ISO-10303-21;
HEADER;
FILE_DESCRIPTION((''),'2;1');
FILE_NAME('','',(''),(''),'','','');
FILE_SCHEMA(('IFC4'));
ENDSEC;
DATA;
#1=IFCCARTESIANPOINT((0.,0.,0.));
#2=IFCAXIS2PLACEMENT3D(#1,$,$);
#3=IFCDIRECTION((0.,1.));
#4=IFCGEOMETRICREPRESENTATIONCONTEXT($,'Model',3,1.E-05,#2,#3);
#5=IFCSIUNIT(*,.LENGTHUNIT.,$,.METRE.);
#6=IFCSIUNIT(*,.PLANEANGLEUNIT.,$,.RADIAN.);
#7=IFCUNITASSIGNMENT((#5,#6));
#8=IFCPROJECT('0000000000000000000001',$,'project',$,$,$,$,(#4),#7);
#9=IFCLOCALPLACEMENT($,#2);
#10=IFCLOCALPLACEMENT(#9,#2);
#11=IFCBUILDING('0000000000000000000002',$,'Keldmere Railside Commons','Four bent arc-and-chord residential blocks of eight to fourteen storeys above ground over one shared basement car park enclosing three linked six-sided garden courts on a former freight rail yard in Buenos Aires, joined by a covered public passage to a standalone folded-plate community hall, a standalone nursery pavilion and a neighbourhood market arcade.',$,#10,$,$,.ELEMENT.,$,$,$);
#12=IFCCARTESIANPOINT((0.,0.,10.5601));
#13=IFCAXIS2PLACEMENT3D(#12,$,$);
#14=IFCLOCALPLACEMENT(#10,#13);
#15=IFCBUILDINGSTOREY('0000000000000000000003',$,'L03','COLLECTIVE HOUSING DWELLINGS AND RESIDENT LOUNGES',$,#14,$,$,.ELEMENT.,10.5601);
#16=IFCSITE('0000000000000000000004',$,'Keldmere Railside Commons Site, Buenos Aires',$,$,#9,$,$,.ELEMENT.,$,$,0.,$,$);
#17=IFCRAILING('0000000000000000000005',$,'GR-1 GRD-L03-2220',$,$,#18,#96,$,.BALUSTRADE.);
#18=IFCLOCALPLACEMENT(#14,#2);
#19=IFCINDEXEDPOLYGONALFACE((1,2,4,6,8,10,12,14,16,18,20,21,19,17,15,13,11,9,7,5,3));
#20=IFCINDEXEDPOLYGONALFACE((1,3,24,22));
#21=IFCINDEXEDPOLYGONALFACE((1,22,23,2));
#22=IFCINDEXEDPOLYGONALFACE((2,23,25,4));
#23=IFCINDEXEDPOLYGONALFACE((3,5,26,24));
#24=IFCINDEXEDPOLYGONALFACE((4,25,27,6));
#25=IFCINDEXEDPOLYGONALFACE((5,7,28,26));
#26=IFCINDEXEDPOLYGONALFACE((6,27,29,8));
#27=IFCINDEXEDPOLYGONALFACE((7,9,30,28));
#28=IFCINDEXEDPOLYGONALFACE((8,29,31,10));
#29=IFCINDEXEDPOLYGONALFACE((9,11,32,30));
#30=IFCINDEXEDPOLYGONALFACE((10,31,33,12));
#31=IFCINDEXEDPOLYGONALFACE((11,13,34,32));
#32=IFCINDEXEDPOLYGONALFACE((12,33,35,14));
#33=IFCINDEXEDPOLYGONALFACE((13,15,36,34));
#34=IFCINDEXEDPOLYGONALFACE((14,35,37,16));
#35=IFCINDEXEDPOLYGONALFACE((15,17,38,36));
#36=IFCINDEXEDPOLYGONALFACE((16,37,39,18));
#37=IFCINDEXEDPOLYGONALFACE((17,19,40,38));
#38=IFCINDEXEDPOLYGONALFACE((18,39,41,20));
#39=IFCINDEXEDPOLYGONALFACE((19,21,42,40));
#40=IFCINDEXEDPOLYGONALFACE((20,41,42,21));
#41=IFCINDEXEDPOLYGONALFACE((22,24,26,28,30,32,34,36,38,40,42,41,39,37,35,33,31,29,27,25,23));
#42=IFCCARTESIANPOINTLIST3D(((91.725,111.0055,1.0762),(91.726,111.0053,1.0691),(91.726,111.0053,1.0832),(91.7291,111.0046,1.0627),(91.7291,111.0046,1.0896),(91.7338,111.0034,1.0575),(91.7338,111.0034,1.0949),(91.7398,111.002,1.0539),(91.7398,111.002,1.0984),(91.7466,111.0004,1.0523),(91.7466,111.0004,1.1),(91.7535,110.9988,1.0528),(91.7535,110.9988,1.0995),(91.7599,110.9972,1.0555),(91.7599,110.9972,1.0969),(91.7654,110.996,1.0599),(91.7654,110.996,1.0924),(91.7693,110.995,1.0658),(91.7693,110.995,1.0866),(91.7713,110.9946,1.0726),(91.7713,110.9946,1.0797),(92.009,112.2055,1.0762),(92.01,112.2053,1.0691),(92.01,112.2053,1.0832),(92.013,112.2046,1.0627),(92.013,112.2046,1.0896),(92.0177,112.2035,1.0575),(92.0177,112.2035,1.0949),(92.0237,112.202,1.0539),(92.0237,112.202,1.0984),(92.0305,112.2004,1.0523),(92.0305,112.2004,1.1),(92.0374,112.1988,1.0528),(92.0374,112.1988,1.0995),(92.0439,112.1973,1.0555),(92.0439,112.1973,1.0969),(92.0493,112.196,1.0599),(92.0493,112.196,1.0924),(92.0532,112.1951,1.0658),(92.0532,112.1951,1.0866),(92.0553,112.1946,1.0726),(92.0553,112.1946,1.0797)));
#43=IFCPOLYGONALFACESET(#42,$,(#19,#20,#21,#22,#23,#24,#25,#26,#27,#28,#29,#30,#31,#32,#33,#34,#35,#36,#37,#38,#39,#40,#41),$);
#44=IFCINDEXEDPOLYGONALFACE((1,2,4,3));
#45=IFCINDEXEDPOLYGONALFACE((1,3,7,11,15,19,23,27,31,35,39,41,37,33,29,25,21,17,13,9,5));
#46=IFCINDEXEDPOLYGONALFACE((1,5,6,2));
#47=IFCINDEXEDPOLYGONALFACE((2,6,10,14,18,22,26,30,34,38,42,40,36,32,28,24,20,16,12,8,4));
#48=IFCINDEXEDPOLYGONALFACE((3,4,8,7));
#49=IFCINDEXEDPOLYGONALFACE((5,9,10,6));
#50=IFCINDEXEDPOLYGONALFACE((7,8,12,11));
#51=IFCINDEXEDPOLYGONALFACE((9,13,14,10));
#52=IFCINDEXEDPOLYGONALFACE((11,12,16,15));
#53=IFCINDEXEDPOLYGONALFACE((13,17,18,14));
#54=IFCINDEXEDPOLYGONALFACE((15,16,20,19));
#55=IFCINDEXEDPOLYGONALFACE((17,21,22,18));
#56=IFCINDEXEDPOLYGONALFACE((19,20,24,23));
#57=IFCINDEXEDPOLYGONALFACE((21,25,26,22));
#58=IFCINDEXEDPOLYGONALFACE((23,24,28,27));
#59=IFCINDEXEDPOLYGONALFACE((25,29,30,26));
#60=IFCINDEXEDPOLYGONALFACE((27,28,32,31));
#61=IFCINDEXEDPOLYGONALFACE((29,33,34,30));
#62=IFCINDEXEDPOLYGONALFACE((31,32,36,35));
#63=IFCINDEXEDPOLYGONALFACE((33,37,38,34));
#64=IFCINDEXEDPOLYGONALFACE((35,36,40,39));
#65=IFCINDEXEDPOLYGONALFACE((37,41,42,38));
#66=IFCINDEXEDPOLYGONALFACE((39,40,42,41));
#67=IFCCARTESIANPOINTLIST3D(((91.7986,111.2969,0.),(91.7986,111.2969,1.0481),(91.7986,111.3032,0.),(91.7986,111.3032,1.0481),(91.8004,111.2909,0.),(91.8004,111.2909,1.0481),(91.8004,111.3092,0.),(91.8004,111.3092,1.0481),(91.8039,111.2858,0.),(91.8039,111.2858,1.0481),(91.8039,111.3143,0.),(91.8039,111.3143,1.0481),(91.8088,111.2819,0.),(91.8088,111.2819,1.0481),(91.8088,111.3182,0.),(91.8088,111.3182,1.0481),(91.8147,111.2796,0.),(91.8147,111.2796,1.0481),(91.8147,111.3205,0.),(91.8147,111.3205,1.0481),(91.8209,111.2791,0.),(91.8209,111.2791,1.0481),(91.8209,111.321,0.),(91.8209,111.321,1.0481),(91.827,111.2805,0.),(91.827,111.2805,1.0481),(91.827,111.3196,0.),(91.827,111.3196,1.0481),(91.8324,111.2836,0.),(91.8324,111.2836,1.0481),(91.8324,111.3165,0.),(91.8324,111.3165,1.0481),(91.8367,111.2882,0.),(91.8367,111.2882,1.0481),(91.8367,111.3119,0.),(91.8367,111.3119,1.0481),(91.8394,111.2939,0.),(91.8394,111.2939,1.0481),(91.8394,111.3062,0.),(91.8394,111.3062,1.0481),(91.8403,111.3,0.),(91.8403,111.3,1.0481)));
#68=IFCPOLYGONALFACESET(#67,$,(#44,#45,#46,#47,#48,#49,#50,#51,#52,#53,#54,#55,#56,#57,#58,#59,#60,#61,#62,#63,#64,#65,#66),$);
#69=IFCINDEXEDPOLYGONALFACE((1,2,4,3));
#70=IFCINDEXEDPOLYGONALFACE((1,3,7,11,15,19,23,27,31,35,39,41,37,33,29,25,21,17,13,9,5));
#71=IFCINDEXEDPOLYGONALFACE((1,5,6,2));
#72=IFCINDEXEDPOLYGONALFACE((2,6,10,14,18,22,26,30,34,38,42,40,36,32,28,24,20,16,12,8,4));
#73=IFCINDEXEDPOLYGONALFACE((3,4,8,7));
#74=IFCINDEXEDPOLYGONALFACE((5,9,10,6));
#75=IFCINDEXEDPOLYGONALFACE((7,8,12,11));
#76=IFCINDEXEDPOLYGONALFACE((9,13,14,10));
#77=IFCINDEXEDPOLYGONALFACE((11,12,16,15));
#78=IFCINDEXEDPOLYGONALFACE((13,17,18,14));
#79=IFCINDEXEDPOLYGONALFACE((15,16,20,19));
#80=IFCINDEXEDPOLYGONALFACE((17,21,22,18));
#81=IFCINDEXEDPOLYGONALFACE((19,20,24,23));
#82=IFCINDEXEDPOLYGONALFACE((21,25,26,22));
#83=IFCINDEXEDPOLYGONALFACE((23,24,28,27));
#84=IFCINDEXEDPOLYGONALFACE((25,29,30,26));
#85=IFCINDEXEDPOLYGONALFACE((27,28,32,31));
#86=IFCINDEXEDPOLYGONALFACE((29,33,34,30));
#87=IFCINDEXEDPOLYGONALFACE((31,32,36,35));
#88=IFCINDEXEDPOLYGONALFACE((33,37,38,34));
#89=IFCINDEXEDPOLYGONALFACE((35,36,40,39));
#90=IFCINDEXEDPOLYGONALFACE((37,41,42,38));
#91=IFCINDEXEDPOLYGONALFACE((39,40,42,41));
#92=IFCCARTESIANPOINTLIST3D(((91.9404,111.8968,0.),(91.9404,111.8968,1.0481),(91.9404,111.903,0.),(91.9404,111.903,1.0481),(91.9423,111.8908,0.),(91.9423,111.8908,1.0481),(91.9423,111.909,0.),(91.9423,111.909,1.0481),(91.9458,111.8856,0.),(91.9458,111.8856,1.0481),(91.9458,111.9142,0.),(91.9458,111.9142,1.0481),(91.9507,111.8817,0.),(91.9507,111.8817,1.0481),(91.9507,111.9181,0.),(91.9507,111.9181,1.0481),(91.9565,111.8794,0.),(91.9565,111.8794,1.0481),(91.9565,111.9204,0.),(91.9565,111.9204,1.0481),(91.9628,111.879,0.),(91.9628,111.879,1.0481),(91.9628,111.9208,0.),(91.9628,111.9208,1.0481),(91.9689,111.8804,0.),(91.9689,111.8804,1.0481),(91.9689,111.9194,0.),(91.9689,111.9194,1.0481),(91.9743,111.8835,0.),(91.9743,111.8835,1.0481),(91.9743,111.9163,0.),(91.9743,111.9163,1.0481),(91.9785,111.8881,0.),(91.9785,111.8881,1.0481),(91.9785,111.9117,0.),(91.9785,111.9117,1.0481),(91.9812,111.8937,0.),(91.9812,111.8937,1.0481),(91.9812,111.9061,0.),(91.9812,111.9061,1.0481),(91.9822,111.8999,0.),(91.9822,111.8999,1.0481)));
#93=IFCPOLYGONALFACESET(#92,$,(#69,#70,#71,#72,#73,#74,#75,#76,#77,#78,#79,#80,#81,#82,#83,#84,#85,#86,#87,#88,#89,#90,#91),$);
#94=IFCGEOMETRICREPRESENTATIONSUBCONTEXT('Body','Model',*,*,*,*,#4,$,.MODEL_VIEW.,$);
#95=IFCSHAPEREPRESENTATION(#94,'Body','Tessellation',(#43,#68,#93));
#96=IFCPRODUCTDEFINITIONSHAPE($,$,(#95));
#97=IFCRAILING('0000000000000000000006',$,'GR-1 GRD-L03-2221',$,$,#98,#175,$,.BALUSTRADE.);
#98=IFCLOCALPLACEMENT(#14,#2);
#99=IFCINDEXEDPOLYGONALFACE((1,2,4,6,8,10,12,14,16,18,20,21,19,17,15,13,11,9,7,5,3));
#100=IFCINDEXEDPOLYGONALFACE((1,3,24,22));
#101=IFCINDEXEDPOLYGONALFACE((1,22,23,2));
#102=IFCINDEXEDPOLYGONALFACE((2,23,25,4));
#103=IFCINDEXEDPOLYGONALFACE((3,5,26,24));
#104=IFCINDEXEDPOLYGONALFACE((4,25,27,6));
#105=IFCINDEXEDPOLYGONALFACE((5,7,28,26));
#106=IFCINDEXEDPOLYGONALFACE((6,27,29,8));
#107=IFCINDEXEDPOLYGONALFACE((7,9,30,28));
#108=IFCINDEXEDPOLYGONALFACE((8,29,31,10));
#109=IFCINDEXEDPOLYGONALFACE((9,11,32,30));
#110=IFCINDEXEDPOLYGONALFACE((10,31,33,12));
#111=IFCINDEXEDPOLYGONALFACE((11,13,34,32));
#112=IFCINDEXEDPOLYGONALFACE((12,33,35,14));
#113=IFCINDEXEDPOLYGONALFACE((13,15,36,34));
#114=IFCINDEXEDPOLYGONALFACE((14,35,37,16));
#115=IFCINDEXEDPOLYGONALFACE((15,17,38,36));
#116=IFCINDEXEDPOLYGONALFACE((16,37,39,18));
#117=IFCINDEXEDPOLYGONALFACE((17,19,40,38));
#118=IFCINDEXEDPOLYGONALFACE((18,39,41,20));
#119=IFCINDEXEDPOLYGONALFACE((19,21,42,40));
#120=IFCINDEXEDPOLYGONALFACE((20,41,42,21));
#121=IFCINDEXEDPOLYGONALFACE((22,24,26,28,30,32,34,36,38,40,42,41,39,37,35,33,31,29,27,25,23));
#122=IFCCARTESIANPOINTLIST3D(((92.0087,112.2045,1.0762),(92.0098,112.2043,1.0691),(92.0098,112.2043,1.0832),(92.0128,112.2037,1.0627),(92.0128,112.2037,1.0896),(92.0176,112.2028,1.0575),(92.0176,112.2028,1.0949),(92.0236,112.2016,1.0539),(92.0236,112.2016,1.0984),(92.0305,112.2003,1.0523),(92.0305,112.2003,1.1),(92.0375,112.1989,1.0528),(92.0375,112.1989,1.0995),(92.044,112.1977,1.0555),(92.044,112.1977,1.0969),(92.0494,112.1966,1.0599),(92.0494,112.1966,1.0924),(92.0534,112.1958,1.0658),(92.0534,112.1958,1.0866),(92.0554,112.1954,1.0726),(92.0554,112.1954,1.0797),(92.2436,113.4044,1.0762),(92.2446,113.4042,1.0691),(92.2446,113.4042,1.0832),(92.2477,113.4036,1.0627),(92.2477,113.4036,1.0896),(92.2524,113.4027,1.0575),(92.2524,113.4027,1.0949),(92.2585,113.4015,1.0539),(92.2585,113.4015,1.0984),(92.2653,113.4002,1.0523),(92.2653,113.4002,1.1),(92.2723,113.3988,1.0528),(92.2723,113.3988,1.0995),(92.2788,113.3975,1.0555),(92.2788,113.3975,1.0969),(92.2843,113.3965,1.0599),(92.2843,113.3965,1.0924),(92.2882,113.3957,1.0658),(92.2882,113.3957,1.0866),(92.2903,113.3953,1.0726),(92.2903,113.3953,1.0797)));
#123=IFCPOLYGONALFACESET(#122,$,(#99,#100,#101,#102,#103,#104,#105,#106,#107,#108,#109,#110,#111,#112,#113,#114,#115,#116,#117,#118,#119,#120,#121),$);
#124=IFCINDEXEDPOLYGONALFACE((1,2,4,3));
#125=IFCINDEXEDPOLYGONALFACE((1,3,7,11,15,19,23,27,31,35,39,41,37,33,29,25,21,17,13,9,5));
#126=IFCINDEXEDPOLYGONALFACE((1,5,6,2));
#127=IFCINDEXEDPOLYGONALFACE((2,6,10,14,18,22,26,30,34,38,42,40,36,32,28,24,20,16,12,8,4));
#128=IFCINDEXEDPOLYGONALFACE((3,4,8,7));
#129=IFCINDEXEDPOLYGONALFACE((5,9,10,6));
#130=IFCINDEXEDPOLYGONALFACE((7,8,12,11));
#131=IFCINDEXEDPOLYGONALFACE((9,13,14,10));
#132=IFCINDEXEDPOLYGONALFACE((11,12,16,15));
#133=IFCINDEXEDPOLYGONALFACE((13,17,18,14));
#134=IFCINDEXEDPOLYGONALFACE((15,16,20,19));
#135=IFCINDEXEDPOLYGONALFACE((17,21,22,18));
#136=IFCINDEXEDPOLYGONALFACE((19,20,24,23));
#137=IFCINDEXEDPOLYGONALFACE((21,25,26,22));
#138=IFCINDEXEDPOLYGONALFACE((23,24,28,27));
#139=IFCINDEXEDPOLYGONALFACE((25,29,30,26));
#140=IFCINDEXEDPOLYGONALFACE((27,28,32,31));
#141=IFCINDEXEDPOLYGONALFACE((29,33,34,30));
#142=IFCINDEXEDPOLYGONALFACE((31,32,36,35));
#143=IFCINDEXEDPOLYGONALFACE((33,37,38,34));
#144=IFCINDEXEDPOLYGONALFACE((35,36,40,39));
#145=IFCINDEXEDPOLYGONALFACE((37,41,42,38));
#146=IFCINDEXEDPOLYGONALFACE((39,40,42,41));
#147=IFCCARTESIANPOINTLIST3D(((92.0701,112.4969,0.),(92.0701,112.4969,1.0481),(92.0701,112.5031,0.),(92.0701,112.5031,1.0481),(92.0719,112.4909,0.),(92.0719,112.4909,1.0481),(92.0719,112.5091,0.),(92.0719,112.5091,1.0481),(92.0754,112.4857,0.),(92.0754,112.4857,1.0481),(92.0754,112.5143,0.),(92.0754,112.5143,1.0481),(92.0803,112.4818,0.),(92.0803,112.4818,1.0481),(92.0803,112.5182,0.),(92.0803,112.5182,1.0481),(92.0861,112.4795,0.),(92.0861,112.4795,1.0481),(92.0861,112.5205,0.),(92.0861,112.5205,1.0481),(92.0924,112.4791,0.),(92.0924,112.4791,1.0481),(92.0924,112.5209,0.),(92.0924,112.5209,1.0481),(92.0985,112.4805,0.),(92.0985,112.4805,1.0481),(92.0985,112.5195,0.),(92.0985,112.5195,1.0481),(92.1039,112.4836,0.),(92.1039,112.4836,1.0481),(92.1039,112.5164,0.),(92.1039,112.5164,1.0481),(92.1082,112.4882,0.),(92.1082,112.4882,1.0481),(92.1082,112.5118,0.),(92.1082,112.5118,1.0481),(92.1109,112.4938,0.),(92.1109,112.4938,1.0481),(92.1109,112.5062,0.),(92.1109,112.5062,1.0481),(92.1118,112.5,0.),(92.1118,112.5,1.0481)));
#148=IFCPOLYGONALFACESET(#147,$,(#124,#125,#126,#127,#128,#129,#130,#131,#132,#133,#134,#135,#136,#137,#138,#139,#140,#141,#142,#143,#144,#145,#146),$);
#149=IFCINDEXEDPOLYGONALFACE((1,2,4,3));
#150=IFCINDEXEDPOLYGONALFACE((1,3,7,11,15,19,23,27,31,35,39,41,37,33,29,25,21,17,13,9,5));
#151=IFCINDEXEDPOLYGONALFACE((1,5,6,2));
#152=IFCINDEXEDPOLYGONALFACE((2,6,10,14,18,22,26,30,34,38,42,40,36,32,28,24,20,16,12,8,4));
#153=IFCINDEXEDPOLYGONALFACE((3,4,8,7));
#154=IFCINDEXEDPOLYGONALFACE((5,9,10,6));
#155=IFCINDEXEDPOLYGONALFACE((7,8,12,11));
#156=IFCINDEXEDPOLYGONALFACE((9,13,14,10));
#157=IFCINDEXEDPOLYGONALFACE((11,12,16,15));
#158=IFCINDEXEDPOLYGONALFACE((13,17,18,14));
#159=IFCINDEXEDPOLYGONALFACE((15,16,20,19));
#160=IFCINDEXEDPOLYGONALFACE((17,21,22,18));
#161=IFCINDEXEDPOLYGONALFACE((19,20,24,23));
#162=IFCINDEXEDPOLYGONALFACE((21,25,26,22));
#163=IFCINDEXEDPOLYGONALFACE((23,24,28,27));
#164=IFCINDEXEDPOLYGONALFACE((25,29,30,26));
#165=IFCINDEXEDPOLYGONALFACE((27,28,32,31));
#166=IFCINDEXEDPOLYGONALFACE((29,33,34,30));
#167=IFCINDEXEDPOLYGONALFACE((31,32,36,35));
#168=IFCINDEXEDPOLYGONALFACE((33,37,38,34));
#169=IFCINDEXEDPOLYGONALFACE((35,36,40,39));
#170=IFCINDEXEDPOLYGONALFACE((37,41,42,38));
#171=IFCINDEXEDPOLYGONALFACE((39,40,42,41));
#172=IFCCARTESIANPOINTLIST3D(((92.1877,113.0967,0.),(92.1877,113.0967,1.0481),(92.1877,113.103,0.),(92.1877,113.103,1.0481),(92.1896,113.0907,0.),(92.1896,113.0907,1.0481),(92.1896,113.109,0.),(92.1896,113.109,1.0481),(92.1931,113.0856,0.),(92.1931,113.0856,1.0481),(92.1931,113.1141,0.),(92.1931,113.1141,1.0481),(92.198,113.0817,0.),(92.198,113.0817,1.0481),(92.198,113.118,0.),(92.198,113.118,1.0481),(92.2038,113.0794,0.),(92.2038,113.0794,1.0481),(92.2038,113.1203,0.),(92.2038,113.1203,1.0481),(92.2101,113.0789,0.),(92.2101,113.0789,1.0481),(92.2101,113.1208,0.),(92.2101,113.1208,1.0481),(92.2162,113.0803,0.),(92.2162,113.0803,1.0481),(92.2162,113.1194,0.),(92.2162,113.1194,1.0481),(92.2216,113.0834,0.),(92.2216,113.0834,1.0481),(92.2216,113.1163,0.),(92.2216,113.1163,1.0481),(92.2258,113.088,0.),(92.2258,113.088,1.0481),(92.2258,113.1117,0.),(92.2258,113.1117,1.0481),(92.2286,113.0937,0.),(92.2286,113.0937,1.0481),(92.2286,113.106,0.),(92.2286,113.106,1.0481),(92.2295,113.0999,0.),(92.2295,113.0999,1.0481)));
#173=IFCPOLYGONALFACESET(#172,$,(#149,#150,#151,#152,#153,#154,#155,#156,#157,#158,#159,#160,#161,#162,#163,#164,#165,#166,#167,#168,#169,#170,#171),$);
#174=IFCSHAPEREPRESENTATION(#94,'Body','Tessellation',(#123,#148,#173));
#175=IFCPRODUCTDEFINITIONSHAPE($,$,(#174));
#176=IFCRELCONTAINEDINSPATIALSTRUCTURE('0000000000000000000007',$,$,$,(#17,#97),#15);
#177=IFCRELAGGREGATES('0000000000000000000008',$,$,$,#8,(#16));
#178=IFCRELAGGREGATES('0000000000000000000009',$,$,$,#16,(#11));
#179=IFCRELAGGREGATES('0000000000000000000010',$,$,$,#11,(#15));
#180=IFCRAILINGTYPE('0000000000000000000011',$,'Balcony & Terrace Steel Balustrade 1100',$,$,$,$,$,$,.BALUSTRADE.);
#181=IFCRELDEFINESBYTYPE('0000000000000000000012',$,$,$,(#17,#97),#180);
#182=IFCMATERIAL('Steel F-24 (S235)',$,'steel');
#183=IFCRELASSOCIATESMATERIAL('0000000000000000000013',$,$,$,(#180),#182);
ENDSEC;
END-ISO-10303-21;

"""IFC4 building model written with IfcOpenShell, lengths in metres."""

from ifc_helpers import new_model, si_unit, direction, frame, origin, origin_2d, place, context, subcontext, project, spatial, circle, extrude, material, type_object, element, save


model = new_model("IFC4")

# Units and contexts
model_context = context("Model", 3, precision=1e-05, world=origin(), true_north=direction((0.0, 1.0)))
body_context = subcontext(model_context, "Body", "Model", "MODEL_VIEW")
ifc_project = project(units=[si_unit("LENGTHUNIT", "METRE"), si_unit("PLANEANGLEUNIT", "RADIAN")], contexts=[model_context])

# Site, building, storey
site_placement = place(None, origin())
site = spatial("IfcSite", under=ifc_project, at=site_placement, Name="Keldmere Railside Commons Site, Buenos Aires", CompositionType="ELEMENT", RefElevation=0.0)
building_placement = place(site_placement, origin())
building = spatial("IfcBuilding", under=site, at=building_placement, Name="Keldmere Railside Commons", Description="Four bent arc-and-chord residential blocks of eight to fourteen storeys above ground over one shared basement car park enclosing three linked six-sided garden courts on a former freight rail yard in Buenos Aires, joined by a covered public passage to a standalone folded-plate community hall, a standalone nursery pavilion and a neighbourhood market arcade.", CompositionType="ELEMENT")
storey_placement = place(building_placement, frame((0.0, 0.0, 10.5601)))
storey = spatial("IfcBuildingStorey", under=building, at=storey_placement, Name="L03", Description="COLLECTIVE HOUSING DWELLINGS AND RESIDENT LOUNGES", CompositionType="ELEMENT", Elevation=10.5601)

# Railings
ifc_material_1 = material(Name="Steel F-24 (S235)", Category="steel")
railing_type = type_object("IfcRailingType", Name="Balcony & Terrace Steel Balustrade 1100", PredefinedType="BALUSTRADE", material=ifc_material_1)
railing_1_placement = place(storey_placement, frame((91.7483, 111.0, 0.0)))
element("IfcRailing", 1, at=railing_1_placement, inside=storey, type_object=railing_type, Name="GR-1 GRD-L03-2220", PredefinedType="BALUSTRADE", context=body_context, shape_type="SweptSolid", body=[
    extrude(circle(Radius=0.0239, at=origin_2d()), frame((0.0, 0.0, 1.0762), z_axis=(0.230264, 0.973128, 0.0), x_axis=(-0.973128, 0.230264, 0.0)), (0.0, 0.0, 1.0), 1.2332),
    extrude(circle(Radius=0.021, at=origin_2d()), frame((0.071, 0.3, 0.0)), (0.0, 0.0, 1.0), 1.0481),
    extrude(circle(Radius=0.021, at=origin_2d()), frame((0.2129, 0.8999, 0.0)), (0.0, 0.0, 1.0), 1.0481),
])
railing_2_placement = place(storey_placement, frame((92.0322, 112.2, 0.0)))
element("IfcRailing", 2, at=railing_2_placement, inside=storey, type_object=railing_type, Name="GR-1 GRD-L03-2221", PredefinedType="BALUSTRADE", context=body_context, shape_type="SweptSolid", body=[
    extrude(circle(Radius=0.0239, at=origin_2d()), frame((0.0, 0.0, 1.0762), z_axis=(0.192083, 0.981379, 0.0), x_axis=(-0.981379, 0.192083, 0.0)), (0.0, 0.0, 1.0), 1.2227),
    extrude(circle(Radius=0.021, at=origin_2d()), frame((0.0586, 0.3, 0.0)), (0.0, 0.0, 1.0), 1.0481),
    extrude(circle(Radius=0.021, at=origin_2d()), frame((0.1763, 0.8999, 0.0)), (0.0, 0.0, 1.0), 1.0481),
])

save(model, "model.ifc")
